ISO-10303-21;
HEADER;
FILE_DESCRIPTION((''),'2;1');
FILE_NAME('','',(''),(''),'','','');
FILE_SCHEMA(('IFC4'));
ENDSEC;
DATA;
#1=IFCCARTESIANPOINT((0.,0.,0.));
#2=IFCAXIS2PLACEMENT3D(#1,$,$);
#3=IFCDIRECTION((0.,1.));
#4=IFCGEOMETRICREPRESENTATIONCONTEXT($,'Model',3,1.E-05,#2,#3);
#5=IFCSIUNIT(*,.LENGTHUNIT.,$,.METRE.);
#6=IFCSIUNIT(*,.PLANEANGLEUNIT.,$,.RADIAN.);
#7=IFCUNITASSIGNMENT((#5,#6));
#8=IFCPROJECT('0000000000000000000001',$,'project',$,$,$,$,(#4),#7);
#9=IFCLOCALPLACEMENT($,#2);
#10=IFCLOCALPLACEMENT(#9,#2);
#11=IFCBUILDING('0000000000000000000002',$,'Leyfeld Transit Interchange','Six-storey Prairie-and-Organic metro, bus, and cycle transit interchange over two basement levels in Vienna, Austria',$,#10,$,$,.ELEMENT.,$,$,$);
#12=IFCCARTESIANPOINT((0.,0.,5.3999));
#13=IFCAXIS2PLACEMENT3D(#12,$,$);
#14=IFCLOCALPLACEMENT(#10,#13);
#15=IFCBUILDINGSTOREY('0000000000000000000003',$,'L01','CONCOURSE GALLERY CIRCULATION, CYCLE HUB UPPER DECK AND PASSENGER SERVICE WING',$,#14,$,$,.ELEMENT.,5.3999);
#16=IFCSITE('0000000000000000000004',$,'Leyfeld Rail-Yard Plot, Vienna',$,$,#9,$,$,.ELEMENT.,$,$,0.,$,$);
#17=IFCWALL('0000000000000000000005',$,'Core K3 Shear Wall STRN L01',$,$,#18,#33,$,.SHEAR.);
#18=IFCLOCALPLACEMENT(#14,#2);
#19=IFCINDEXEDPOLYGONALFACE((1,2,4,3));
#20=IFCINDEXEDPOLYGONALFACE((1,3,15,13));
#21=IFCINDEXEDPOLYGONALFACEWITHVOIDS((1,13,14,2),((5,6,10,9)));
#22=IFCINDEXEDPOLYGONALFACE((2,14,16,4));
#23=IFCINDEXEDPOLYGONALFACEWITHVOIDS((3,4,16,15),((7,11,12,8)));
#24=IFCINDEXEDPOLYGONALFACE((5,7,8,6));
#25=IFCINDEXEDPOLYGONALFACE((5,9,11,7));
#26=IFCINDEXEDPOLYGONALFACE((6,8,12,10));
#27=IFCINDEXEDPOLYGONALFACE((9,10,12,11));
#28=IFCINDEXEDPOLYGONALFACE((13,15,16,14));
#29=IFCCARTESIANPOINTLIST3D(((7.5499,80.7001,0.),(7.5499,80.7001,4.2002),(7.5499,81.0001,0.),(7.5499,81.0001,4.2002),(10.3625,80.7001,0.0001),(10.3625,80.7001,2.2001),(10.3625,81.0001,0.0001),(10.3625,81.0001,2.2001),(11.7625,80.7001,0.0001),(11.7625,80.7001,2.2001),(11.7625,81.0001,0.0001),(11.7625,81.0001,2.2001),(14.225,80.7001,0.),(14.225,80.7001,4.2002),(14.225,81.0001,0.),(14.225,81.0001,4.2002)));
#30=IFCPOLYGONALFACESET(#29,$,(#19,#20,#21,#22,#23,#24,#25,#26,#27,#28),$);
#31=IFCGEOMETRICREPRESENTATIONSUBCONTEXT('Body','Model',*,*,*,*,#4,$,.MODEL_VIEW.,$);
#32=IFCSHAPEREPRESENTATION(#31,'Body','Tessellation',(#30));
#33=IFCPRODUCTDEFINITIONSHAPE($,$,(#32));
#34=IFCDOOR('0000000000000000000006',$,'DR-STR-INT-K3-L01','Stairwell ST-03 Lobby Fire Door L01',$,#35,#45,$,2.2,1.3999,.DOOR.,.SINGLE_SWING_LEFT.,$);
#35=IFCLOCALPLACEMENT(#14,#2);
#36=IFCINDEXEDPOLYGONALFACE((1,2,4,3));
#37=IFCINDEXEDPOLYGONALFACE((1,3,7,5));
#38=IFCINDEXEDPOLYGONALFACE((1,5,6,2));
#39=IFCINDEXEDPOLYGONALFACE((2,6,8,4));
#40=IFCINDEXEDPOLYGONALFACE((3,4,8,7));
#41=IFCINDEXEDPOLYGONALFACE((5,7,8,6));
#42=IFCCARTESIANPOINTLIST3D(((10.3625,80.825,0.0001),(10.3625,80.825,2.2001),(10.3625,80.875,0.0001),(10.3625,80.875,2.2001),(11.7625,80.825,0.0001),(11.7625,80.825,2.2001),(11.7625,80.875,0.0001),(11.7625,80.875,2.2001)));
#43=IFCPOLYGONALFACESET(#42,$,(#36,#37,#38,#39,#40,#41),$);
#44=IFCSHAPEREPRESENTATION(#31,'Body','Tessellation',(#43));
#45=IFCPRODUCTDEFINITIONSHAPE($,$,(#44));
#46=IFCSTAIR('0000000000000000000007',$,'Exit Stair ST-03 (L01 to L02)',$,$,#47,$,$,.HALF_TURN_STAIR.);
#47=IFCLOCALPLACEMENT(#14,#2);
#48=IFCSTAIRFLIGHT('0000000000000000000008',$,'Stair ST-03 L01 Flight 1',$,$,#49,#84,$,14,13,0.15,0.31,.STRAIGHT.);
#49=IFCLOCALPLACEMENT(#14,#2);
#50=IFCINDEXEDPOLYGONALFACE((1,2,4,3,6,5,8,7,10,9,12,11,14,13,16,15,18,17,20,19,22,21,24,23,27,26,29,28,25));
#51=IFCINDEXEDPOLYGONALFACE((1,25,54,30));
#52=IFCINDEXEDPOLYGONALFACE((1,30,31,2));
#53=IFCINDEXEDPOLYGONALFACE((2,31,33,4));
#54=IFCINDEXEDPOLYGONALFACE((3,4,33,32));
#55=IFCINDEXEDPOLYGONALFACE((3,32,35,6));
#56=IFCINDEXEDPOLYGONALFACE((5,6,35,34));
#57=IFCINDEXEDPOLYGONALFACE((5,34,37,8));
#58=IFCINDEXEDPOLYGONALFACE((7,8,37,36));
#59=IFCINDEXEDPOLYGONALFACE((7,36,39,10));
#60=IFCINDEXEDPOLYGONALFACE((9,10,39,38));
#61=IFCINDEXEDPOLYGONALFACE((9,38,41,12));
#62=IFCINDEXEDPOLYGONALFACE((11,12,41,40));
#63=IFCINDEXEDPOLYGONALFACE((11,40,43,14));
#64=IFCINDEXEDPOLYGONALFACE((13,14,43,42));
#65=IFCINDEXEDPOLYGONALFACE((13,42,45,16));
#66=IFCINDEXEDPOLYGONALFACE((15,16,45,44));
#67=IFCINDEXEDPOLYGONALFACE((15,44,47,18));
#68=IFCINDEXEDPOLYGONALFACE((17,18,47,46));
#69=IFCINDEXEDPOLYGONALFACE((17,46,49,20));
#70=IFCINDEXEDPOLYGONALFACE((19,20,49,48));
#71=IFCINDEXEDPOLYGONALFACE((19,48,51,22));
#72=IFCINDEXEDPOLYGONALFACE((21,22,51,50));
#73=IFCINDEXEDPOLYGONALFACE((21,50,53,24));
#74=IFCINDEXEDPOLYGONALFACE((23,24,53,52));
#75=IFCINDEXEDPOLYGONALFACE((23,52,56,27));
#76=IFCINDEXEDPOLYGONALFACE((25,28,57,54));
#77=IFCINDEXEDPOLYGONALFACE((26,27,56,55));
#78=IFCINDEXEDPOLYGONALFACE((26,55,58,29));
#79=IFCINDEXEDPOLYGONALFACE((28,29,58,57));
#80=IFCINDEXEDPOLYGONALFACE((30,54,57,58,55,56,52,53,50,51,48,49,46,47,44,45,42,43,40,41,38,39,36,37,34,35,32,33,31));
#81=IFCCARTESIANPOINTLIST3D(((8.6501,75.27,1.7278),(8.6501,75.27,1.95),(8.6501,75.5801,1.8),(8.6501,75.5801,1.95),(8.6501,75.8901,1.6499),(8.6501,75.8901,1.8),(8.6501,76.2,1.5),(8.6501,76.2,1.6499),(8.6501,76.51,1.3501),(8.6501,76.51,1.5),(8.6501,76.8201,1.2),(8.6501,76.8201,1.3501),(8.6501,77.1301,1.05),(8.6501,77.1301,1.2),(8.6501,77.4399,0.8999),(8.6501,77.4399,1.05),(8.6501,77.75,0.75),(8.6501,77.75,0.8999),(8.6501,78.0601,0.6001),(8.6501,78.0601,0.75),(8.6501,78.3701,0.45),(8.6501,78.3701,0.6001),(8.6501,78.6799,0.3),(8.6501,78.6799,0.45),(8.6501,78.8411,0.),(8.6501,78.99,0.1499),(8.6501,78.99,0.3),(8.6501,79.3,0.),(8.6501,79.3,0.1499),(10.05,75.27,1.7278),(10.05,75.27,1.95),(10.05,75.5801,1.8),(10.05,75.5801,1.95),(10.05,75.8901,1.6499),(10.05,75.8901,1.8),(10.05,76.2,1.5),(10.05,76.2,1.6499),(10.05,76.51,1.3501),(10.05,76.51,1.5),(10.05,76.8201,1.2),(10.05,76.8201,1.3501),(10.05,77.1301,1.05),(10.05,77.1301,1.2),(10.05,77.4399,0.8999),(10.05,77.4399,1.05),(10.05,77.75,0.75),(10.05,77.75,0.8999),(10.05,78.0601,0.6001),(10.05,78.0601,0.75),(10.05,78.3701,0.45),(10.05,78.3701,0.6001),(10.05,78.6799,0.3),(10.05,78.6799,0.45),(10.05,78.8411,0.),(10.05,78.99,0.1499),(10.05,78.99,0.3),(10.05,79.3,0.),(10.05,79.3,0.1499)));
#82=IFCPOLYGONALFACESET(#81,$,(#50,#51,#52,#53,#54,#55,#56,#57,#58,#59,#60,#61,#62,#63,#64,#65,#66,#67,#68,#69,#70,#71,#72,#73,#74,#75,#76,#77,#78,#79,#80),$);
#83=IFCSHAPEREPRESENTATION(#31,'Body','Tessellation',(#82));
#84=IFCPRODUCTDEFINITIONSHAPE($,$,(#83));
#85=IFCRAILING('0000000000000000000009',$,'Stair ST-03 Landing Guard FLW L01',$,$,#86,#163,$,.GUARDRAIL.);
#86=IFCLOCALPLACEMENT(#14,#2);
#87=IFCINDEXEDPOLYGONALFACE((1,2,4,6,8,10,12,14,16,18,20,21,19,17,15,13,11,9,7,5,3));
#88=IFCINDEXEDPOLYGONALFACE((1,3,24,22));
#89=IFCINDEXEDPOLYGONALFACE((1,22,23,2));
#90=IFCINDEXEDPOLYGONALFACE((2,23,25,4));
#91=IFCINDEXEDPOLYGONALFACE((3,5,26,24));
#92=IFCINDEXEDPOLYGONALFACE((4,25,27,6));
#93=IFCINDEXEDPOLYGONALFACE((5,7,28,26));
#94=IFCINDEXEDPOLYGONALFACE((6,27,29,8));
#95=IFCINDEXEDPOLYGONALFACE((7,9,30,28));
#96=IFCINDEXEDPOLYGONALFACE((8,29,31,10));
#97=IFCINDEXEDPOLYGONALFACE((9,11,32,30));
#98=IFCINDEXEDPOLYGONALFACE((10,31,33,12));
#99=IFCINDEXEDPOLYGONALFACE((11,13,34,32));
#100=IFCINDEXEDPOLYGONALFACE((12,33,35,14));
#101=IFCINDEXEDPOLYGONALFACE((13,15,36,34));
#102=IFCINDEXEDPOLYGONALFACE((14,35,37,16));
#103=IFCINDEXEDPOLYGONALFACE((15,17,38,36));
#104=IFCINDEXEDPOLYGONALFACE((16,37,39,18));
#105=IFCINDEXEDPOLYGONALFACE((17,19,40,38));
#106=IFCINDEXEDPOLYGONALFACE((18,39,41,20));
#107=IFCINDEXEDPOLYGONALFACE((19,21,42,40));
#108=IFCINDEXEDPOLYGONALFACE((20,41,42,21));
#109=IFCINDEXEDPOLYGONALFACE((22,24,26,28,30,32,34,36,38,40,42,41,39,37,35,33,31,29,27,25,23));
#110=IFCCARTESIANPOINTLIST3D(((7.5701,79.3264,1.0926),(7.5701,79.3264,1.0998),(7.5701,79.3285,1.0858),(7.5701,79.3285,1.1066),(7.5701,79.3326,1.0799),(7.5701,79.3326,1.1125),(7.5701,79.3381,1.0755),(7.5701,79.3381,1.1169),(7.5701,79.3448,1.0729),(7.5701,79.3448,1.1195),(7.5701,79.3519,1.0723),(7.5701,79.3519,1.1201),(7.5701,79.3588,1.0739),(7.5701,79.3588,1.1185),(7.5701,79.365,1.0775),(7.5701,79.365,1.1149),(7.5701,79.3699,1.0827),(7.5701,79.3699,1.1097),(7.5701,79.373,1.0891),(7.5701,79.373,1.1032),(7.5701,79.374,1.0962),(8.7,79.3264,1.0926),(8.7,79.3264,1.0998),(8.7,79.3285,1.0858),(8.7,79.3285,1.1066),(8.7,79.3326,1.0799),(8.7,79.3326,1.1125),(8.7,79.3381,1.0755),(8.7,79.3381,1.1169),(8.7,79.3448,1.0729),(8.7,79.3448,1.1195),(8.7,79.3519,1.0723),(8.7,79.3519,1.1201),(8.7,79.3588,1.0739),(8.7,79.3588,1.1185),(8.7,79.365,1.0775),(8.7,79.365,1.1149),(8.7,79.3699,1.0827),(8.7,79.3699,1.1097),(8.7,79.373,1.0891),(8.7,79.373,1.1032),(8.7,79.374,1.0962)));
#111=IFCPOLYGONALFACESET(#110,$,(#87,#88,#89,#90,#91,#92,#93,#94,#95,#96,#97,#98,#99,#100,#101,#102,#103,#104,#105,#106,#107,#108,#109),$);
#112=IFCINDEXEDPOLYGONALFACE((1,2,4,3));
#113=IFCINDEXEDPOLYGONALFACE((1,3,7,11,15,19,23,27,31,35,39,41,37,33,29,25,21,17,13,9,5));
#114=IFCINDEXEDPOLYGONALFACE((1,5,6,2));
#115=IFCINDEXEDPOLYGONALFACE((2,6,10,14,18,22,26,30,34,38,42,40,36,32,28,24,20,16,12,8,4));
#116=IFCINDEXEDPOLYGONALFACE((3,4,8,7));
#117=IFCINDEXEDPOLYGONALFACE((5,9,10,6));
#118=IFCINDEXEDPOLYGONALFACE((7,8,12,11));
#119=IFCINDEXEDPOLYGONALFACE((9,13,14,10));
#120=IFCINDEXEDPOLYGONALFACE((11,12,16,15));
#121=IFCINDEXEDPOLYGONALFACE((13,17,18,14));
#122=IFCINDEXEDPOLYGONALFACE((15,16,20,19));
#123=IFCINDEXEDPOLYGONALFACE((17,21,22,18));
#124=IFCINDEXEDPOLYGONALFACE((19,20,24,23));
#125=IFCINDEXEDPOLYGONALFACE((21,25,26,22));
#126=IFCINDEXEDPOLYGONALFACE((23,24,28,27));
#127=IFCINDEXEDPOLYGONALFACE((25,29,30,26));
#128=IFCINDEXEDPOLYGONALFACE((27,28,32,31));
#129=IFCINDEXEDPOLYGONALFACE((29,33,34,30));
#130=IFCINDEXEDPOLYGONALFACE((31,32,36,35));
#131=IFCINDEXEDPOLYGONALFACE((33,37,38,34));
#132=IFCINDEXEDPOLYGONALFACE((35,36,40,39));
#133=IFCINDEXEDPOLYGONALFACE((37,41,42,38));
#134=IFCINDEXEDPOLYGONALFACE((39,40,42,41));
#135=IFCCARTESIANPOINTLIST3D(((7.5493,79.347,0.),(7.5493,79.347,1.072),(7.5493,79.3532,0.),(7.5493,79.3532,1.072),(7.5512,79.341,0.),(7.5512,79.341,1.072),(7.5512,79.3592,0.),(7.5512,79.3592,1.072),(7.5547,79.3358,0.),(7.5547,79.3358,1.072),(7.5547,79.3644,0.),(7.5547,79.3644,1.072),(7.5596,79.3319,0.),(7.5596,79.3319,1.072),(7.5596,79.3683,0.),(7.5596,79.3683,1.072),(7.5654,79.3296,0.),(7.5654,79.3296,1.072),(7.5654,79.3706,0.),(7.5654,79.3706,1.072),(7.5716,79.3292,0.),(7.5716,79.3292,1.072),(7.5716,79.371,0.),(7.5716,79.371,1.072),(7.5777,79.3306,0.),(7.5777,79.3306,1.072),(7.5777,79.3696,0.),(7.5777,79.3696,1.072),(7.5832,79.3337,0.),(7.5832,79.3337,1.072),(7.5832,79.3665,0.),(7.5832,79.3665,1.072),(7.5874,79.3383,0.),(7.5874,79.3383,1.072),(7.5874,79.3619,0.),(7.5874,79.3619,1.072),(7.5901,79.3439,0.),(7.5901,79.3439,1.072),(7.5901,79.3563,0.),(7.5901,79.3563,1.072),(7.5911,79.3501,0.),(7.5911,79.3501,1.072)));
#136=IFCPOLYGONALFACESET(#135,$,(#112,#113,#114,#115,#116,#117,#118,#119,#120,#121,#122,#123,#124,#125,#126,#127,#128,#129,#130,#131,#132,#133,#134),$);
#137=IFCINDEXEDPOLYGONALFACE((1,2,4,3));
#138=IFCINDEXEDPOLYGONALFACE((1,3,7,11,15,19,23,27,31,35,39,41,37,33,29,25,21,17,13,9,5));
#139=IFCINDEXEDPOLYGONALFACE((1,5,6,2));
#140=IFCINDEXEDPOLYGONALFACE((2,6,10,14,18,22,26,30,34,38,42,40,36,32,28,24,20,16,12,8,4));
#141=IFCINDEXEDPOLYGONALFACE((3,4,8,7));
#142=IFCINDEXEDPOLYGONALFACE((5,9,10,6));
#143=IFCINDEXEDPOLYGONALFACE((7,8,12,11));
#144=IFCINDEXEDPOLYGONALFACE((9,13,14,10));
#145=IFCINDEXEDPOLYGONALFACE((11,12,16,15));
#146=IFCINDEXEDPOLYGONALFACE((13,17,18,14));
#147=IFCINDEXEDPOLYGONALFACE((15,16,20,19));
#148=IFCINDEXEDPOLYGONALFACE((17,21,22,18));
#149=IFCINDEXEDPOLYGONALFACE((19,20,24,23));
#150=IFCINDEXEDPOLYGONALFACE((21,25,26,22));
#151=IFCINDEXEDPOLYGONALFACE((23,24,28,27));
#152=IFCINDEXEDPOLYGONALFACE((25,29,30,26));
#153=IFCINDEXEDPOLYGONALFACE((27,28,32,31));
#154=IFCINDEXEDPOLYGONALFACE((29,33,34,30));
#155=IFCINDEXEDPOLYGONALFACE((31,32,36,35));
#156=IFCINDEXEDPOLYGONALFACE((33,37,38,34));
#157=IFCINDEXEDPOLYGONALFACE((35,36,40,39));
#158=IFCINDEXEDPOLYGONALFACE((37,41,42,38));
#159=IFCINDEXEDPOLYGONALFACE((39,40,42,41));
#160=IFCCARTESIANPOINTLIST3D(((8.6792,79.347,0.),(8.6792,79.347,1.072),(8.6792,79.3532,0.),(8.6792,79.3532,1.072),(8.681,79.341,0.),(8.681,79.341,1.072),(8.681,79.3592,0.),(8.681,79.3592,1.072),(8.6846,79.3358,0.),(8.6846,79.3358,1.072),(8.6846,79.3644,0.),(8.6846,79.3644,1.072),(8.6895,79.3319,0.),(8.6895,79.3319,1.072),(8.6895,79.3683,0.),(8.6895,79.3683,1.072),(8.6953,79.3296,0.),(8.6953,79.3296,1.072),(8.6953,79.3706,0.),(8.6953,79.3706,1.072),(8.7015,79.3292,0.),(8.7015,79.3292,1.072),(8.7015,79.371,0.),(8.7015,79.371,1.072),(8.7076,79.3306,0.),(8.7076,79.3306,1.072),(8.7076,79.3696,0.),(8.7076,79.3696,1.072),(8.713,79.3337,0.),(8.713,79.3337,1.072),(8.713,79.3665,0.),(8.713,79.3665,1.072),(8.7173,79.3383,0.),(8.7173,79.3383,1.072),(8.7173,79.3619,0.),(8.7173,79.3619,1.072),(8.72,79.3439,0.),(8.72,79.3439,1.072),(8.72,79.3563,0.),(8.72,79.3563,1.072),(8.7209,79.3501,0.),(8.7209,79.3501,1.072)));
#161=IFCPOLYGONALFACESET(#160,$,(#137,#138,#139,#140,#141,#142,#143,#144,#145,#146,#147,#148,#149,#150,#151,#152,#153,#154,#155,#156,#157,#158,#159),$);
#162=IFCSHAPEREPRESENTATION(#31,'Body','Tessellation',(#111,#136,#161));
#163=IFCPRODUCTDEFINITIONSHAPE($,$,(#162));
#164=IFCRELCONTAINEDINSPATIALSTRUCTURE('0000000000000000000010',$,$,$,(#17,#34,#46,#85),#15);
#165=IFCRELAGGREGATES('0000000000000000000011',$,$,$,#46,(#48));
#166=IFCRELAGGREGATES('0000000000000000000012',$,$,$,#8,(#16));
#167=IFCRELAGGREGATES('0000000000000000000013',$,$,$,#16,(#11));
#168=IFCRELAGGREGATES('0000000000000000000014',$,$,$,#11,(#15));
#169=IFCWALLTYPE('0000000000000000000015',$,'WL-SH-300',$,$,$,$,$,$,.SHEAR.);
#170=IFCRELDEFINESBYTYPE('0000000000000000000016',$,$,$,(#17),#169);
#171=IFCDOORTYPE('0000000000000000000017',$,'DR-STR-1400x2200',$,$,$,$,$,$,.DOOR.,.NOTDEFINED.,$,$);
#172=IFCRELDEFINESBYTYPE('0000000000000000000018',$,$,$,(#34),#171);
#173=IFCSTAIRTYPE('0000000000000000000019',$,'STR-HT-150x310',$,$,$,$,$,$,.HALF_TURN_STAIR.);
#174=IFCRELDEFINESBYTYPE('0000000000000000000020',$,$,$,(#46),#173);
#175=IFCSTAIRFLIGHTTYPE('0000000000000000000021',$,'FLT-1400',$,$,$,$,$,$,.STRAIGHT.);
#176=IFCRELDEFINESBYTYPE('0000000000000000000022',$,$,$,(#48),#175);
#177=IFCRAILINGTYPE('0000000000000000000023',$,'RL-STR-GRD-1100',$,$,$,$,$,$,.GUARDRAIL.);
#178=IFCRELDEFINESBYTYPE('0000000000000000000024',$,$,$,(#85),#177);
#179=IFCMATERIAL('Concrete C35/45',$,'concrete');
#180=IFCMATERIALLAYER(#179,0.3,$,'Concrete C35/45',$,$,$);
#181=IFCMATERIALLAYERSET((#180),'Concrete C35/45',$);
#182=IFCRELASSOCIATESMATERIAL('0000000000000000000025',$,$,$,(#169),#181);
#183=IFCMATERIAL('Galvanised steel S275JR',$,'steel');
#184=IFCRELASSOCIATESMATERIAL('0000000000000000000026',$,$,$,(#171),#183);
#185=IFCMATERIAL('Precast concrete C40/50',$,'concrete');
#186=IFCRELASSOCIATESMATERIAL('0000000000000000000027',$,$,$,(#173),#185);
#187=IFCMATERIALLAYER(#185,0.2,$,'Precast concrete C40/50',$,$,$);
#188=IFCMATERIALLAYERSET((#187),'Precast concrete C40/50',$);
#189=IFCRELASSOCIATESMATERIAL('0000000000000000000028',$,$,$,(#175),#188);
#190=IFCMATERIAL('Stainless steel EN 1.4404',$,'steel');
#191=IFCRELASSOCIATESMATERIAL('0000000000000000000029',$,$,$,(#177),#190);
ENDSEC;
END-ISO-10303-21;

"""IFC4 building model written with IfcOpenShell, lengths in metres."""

from ifc_helpers import new_model, si_unit, direction, frame, frame_2d, origin, origin_2d, place, context, subcontext, project, spatial, polyline, rectangle, circle, outline, extrude, material, layer, layer_set, type_object, element, fill, aggregate, save


model = new_model("IFC4")

# Units and contexts
model_context = context("Model", 3, precision=1e-05, world=origin(), true_north=direction((0.0, 1.0)))
body_context = subcontext(model_context, "Body", "Model", "MODEL_VIEW")
ifc_project = project(units=[si_unit("LENGTHUNIT", "METRE"), si_unit("PLANEANGLEUNIT", "RADIAN")], contexts=[model_context])

# Site, building, storey
site_placement = place(None, origin())
site = spatial("IfcSite", under=ifc_project, at=site_placement, Name="Leyfeld Rail-Yard Plot, Vienna", CompositionType="ELEMENT", RefElevation=0.0)
building_placement = place(site_placement, origin())
building = spatial("IfcBuilding", under=site, at=building_placement, Name="Leyfeld Transit Interchange", Description="Six-storey Prairie-and-Organic metro, bus, and cycle transit interchange over two basement levels in Vienna, Austria", CompositionType="ELEMENT")
storey_placement = place(building_placement, frame((0.0, 0.0, 5.3999)))
storey = spatial("IfcBuildingStorey", under=building, at=storey_placement, Name="L01", Description="CONCOURSE GALLERY CIRCULATION, CYCLE HUB UPPER DECK AND PASSENGER SERVICE WING", CompositionType="ELEMENT", Elevation=5.3999)

# Shared definitions
ifc_material_1 = material(Name="Concrete C35/45", Category="concrete")

# Wall, opening, door
ifc_layer_1 = layer(ifc_material_1, 0.3, Name="Concrete C35/45")
ifc_layer_set_1 = layer_set([ifc_layer_1], Name="Concrete C35/45")
wall_type_1 = type_object("IfcWallType", Name="WL-SH-300", PredefinedType="SHEAR", material=ifc_layer_set_1)
wall_1_placement = place(storey_placement, frame((7.55, 80.8501, 0.0), z_axis=(0.0, 0.0, 1.0), x_axis=(1.0, 0.0, 0.0)))
wall_1 = element("IfcWall", 1, at=wall_1_placement, inside=storey, type_object=wall_type_1, Name="Core K3 Shear Wall STRN L01", PredefinedType="SHEAR", context=body_context, shape_type="SweptSolid", body=[
    extrude(rectangle(XDim=6.675, YDim=0.3, at=frame_2d((3.3374, 0.0))), origin(), (0.0, 0.0, 1.0), 4.2002),
])
opening_1_placement = place(wall_1_placement, frame((2.8125, 0.0, 0.0)))
opening_1 = element("IfcOpeningElement", 2, at=opening_1_placement, cuts=wall_1, PredefinedType="OPENING", context=body_context, shape_type="SweptSolid", body=[
    extrude(rectangle(XDim=1.3999, YDim=2.2, at=frame_2d((0.7, 1.1001))), frame((0.0, 0.1599, 0.0), z_axis=(0.0, -1.0, 0.0), x_axis=(1.0, 0.0, 0.0)), (0.0, 0.0, 1.0), 0.3201),
])
ifc_material_2 = material(Name="Galvanised steel S275JR", Category="steel")
door_type = type_object("IfcDoorType", Name="DR-STR-1400x2200", OperationType="NOTDEFINED", PredefinedType="DOOR", material=ifc_material_2)
door_placement = place(opening_1_placement, origin())
door = element("IfcDoor", 3, at=door_placement, inside=storey, type_object=door_type, Name="DR-STR-INT-K3-L01", Description="Stairwell ST-03 Lobby Fire Door L01", OperationType="SINGLE_SWING_LEFT", OverallHeight=2.2, OverallWidth=1.3999, PredefinedType="DOOR", context=body_context, shape_type="SweptSolid", body=[
    extrude(rectangle(XDim=1.3999, YDim=2.2, at=frame_2d((0.7, 1.1001))), frame((0.0, 0.0249, 0.0), z_axis=(0.0, -1.0, 0.0), x_axis=(1.0, 0.0, 0.0)), (0.0, 0.0, 1.0), 0.05),
])
fill(opening_1, door)

# Stair, stair flight
ifc_material_3 = material(Name="Precast concrete C40/50", Category="concrete")
stair_type = type_object("IfcStairType", Name="STR-HT-150x310", PredefinedType="HALF_TURN_STAIR", material=ifc_material_3)
stair_placement = place(storey_placement, origin())
stair = element("IfcStair", 4, at=stair_placement, inside=storey, type_object=stair_type, Name="Exit Stair ST-03 (L01 to L02)", PredefinedType="HALF_TURN_STAIR")
ifc_layer_2 = layer(ifc_material_3, 0.2, Name="Precast concrete C40/50")
ifc_layer_set_2 = layer_set([ifc_layer_2], Name="Precast concrete C40/50")
stair_flight_type = type_object("IfcStairFlightType", Name="FLT-1400", PredefinedType="STRAIGHT", material=ifc_layer_set_2)
stair_flight_placement = place(storey_placement, frame((9.3501, 79.3, 0.0), z_axis=(0.0, 0.0, 1.0), x_axis=(0.0, -1.0, 0.0)))
stair_flight = element("IfcStairFlight", 5, at=stair_flight_placement, type_object=stair_flight_type, Name="Stair ST-03 L01 Flight 1", NumberOfRisers=14, NumberOfTreads=13, PredefinedType="STRAIGHT", RiserHeight=0.15, TreadLength=0.31, context=body_context, shape_type="SweptSolid", body=[
    extrude(outline(polyline([(0.0, 0.0), (0.0, 0.1499), (0.3101, 0.1499), (0.3101, 0.3), (0.6201, 0.3), (0.6201, 0.45), (0.9299, 0.45), (0.9299, 0.6001), (1.24, 0.6001), (1.24, 0.75), (1.55, 0.75), (1.55, 0.8999), (1.8601, 0.8999), (1.8601, 1.05), (2.1699, 1.05), (2.1699, 1.2), (2.48, 1.2), (2.48, 1.3501), (2.79, 1.3501), (2.79, 1.5), (3.1001, 1.5), (3.1001, 1.6499), (3.4099, 1.6499), (3.4099, 1.8), (3.72, 1.8), (3.72, 1.95), (4.03, 1.95), (4.03, 2.1001), (4.03, 1.7278), (0.459, 0.0), (0.0, 0.0)])), frame((0.0, 0.7, 0.0), z_axis=(0.0, -1.0, 0.0), x_axis=(1.0, 0.0, 0.0)), (0.0, 0.0, 1.0), 1.3999),
])
aggregate(stair, [stair_flight])

# Railing
ifc_material_4 = material(Name="Stainless steel EN 1.4404", Category="steel")
railing_type_1 = type_object("IfcRailingType", Name="RL-STR-GRD-1100", PredefinedType="GUARDRAIL", material=ifc_material_4)
railing_1_placement = place(storey_placement, frame((7.5701, 79.3501, 0.0)))
element("IfcRailing", 6, at=railing_1_placement, inside=storey, type_object=railing_type_1, Name="Stair ST-03 Landing Guard FLW L01", PredefinedType="GUARDRAIL", context=body_context, shape_type="SweptSolid", body=[
    extrude(circle(Radius=0.0239, at=origin_2d()), frame((0.0, 0.0, 1.0962), z_axis=(1.0, 0.0, 0.0), x_axis=(0.0, 1.0, 0.0)), (0.0, 0.0, 1.0), 1.1299),
    extrude(circle(Radius=0.021, at=origin_2d()), origin(), (0.0, 0.0, 1.0), 1.072),
    extrude(circle(Radius=0.021, at=origin_2d()), frame((1.1299, 0.0, 0.0)), (0.0, 0.0, 1.0), 1.072),
])

save(model, "model.ifc")
